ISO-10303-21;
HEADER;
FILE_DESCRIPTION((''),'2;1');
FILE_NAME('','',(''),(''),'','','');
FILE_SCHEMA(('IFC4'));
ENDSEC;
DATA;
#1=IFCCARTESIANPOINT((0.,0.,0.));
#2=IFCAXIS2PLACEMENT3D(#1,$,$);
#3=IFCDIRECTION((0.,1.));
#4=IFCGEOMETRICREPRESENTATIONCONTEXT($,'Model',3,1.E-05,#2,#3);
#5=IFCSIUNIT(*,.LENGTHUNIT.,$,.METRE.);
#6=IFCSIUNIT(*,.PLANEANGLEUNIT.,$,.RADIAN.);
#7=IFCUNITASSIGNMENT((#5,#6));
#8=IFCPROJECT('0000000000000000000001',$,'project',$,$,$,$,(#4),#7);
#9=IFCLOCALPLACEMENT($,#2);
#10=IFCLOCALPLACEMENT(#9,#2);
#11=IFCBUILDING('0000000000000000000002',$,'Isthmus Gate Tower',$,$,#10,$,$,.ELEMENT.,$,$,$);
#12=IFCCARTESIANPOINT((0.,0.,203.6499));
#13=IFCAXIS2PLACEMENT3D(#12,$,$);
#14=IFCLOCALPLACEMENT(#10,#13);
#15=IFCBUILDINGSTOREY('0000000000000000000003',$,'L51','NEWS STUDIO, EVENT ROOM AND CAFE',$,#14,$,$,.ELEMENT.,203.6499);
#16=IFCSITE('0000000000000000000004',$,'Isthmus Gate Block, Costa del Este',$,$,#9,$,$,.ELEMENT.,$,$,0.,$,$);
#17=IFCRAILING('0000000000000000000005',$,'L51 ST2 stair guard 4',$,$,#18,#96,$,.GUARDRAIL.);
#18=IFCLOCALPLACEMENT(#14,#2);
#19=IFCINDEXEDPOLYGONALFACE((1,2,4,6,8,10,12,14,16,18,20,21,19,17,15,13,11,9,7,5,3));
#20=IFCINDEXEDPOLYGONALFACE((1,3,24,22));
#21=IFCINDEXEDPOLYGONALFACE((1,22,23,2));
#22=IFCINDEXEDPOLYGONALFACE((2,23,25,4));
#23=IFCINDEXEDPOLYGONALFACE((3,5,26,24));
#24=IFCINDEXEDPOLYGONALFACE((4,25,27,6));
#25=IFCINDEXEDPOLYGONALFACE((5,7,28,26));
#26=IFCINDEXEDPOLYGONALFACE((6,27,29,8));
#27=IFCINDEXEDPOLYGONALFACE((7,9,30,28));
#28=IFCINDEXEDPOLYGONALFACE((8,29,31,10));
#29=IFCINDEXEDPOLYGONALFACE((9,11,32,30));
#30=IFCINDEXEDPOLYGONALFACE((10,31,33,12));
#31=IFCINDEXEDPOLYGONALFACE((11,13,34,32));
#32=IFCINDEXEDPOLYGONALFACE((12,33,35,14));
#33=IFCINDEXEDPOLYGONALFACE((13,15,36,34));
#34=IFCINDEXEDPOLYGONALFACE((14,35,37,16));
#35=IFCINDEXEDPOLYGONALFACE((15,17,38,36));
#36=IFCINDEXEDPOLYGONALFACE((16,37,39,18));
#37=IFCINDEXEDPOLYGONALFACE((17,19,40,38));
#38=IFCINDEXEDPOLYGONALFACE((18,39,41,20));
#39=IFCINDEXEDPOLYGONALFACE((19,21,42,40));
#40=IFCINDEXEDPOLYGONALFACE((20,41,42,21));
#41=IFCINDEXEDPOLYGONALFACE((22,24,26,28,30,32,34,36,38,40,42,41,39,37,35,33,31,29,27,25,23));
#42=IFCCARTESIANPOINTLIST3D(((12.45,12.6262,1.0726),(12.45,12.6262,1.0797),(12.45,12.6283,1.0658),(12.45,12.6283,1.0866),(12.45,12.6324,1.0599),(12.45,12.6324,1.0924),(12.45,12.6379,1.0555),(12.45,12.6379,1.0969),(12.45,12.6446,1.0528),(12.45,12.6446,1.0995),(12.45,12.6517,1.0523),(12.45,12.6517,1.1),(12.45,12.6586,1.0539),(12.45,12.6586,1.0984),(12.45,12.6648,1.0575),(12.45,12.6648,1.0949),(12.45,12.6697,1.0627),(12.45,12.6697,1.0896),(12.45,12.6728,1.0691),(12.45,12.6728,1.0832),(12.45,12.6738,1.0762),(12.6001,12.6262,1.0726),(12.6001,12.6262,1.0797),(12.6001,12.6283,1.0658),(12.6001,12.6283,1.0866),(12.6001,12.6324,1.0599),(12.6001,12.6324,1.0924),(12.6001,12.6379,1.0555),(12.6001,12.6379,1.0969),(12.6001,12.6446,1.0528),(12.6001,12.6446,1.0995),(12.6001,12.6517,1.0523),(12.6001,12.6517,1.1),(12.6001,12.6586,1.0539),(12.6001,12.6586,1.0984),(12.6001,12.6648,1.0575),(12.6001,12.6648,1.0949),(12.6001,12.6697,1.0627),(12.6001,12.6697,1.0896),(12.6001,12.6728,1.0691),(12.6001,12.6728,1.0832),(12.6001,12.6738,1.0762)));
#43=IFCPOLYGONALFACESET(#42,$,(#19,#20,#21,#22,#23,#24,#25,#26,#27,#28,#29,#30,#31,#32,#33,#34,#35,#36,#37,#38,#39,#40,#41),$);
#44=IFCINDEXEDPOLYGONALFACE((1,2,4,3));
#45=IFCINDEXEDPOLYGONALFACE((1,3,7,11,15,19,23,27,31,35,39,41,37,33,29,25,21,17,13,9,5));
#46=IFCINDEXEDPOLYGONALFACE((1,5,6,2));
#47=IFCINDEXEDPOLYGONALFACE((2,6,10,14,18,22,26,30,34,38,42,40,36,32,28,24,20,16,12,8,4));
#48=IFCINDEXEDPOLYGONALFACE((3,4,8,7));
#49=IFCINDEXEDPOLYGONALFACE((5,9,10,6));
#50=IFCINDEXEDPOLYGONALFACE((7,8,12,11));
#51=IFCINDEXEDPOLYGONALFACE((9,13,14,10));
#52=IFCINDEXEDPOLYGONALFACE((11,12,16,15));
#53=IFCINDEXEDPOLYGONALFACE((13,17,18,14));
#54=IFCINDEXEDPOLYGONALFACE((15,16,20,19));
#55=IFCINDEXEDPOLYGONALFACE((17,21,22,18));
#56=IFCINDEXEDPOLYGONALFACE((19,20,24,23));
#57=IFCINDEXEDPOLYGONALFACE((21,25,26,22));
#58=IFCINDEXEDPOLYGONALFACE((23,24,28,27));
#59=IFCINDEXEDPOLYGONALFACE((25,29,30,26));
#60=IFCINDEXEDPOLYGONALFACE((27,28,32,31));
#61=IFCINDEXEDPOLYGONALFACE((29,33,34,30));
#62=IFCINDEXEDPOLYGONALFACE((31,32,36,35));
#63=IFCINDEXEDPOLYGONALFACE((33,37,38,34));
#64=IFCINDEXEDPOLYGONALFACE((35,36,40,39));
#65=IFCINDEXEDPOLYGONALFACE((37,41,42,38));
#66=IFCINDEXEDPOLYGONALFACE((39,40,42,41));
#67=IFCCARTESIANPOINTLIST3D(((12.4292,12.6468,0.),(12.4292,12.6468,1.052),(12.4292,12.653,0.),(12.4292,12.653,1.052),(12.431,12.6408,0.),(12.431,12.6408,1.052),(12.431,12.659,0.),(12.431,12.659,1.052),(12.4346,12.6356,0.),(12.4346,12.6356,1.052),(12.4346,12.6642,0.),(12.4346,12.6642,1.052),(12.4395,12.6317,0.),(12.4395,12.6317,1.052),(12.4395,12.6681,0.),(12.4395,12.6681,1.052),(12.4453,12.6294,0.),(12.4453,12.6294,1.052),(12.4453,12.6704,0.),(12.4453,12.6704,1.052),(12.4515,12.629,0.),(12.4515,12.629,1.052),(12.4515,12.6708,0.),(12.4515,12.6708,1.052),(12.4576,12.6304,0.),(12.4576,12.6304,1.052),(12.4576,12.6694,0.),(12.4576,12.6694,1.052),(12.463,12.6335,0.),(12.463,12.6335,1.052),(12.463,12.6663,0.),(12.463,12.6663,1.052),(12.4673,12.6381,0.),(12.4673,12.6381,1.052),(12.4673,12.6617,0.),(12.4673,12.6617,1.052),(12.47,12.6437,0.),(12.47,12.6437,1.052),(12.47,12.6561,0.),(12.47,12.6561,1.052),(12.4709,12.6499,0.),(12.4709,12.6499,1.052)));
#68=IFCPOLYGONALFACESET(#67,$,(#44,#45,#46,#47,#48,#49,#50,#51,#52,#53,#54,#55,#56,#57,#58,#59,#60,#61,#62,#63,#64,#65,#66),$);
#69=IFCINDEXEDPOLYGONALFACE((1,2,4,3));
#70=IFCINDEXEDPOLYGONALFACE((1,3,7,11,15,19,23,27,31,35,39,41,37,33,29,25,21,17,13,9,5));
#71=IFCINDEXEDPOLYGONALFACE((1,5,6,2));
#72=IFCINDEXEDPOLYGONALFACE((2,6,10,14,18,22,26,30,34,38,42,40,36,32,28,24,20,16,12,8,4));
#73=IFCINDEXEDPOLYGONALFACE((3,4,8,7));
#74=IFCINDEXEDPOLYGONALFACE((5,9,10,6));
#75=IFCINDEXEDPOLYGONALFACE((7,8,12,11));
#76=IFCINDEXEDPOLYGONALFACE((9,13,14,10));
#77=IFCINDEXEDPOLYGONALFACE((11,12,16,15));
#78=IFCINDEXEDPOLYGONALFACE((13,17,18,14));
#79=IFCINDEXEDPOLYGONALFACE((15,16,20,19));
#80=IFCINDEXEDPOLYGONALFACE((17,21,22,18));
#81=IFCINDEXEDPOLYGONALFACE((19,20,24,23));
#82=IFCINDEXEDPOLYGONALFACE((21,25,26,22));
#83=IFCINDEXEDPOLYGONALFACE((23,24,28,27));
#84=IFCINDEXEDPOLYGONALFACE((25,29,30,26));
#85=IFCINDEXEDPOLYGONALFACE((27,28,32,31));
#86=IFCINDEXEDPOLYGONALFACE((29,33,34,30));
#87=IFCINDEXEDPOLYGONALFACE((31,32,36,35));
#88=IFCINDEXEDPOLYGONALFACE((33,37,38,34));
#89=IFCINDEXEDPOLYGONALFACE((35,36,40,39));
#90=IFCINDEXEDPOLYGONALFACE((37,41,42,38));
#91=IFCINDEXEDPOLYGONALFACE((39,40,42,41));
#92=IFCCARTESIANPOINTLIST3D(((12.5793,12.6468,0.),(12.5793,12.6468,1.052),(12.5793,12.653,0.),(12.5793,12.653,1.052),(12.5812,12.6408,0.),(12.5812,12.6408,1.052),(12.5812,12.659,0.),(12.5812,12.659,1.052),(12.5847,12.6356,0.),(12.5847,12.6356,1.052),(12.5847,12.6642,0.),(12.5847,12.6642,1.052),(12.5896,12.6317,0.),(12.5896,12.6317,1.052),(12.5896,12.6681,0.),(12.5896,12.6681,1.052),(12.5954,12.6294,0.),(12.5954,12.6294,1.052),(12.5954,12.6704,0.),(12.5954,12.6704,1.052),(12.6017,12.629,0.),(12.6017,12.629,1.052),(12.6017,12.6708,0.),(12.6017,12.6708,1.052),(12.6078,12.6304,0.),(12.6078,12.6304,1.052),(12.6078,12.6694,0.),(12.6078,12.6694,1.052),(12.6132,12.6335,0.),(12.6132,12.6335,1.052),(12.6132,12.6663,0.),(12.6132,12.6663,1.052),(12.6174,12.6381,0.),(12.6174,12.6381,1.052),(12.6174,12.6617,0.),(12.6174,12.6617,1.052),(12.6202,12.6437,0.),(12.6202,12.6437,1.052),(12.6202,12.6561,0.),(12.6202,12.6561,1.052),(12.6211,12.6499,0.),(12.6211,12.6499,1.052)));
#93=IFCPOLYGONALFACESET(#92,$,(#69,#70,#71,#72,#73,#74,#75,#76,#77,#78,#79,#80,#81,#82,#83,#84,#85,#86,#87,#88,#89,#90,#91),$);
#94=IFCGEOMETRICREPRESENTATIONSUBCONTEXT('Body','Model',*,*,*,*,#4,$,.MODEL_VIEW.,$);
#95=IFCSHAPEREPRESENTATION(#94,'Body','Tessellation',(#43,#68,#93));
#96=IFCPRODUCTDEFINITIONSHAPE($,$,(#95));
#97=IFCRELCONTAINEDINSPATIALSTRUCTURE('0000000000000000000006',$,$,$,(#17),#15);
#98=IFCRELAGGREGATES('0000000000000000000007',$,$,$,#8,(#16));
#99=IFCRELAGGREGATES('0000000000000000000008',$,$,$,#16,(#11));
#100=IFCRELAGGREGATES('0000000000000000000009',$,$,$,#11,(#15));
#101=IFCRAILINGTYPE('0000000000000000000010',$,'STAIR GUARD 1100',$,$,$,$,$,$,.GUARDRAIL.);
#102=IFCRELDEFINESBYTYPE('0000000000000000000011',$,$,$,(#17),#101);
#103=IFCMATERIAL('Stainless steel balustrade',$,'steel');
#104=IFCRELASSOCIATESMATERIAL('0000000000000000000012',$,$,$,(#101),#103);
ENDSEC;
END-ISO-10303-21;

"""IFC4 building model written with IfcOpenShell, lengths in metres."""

from ifc_helpers import new_model, si_unit, direction, frame, origin, origin_2d, place, context, subcontext, project, spatial, circle, extrude, material, type_object, element, save


model = new_model("IFC4")

# Units and contexts
model_context = context("Model", 3, precision=1e-05, world=origin(), true_north=direction((0.0, 1.0)))
body_context = subcontext(model_context, "Body", "Model", "MODEL_VIEW")
ifc_project = project(units=[si_unit("LENGTHUNIT", "METRE"), si_unit("PLANEANGLEUNIT", "RADIAN")], contexts=[model_context])

# Site, building, storey
site_placement = place(None, origin())
site = spatial("IfcSite", under=ifc_project, at=site_placement, Name="Isthmus Gate Block, Costa del Este", CompositionType="ELEMENT", RefElevation=0.0)
building_placement = place(site_placement, origin())
building = spatial("IfcBuilding", under=site, at=building_placement, Name="Isthmus Gate Tower", CompositionType="ELEMENT")
storey_placement = place(building_placement, frame((0.0, 0.0, 203.6499)))
storey = spatial("IfcBuildingStorey", under=building, at=storey_placement, Name="L51", Description="NEWS STUDIO, EVENT ROOM AND CAFE", CompositionType="ELEMENT", Elevation=203.6499)

# Railing
ifc_material_1 = material(Name="Stainless steel balustrade", Category="steel")
railing_type_1 = type_object("IfcRailingType", Name="STAIR GUARD 1100", PredefinedType="GUARDRAIL", material=ifc_material_1)
railing_1_placement = place(storey_placement, frame((12.45, 12.6499, 0.0)))
element("IfcRailing", 1, at=railing_1_placement, inside=storey, type_object=railing_type_1, Name="L51 ST2 stair guard 4", PredefinedType="GUARDRAIL", context=body_context, shape_type="SweptSolid", body=[
    extrude(circle(Radius=0.0239, at=origin_2d()), frame((0.0, 0.0, 1.0762), z_axis=(1.0, 0.0, 0.0), x_axis=(0.0, 1.0, 0.0)), (0.0, 0.0, 1.0), 0.1501),
    extrude(circle(Radius=0.021, at=origin_2d()), origin(), (0.0, 0.0, 1.0), 1.052),
    extrude(circle(Radius=0.021, at=origin_2d()), frame((0.1501, 0.0, 0.0)), (0.0, 0.0, 1.0), 1.052),
])

save(model, "model.ifc")
